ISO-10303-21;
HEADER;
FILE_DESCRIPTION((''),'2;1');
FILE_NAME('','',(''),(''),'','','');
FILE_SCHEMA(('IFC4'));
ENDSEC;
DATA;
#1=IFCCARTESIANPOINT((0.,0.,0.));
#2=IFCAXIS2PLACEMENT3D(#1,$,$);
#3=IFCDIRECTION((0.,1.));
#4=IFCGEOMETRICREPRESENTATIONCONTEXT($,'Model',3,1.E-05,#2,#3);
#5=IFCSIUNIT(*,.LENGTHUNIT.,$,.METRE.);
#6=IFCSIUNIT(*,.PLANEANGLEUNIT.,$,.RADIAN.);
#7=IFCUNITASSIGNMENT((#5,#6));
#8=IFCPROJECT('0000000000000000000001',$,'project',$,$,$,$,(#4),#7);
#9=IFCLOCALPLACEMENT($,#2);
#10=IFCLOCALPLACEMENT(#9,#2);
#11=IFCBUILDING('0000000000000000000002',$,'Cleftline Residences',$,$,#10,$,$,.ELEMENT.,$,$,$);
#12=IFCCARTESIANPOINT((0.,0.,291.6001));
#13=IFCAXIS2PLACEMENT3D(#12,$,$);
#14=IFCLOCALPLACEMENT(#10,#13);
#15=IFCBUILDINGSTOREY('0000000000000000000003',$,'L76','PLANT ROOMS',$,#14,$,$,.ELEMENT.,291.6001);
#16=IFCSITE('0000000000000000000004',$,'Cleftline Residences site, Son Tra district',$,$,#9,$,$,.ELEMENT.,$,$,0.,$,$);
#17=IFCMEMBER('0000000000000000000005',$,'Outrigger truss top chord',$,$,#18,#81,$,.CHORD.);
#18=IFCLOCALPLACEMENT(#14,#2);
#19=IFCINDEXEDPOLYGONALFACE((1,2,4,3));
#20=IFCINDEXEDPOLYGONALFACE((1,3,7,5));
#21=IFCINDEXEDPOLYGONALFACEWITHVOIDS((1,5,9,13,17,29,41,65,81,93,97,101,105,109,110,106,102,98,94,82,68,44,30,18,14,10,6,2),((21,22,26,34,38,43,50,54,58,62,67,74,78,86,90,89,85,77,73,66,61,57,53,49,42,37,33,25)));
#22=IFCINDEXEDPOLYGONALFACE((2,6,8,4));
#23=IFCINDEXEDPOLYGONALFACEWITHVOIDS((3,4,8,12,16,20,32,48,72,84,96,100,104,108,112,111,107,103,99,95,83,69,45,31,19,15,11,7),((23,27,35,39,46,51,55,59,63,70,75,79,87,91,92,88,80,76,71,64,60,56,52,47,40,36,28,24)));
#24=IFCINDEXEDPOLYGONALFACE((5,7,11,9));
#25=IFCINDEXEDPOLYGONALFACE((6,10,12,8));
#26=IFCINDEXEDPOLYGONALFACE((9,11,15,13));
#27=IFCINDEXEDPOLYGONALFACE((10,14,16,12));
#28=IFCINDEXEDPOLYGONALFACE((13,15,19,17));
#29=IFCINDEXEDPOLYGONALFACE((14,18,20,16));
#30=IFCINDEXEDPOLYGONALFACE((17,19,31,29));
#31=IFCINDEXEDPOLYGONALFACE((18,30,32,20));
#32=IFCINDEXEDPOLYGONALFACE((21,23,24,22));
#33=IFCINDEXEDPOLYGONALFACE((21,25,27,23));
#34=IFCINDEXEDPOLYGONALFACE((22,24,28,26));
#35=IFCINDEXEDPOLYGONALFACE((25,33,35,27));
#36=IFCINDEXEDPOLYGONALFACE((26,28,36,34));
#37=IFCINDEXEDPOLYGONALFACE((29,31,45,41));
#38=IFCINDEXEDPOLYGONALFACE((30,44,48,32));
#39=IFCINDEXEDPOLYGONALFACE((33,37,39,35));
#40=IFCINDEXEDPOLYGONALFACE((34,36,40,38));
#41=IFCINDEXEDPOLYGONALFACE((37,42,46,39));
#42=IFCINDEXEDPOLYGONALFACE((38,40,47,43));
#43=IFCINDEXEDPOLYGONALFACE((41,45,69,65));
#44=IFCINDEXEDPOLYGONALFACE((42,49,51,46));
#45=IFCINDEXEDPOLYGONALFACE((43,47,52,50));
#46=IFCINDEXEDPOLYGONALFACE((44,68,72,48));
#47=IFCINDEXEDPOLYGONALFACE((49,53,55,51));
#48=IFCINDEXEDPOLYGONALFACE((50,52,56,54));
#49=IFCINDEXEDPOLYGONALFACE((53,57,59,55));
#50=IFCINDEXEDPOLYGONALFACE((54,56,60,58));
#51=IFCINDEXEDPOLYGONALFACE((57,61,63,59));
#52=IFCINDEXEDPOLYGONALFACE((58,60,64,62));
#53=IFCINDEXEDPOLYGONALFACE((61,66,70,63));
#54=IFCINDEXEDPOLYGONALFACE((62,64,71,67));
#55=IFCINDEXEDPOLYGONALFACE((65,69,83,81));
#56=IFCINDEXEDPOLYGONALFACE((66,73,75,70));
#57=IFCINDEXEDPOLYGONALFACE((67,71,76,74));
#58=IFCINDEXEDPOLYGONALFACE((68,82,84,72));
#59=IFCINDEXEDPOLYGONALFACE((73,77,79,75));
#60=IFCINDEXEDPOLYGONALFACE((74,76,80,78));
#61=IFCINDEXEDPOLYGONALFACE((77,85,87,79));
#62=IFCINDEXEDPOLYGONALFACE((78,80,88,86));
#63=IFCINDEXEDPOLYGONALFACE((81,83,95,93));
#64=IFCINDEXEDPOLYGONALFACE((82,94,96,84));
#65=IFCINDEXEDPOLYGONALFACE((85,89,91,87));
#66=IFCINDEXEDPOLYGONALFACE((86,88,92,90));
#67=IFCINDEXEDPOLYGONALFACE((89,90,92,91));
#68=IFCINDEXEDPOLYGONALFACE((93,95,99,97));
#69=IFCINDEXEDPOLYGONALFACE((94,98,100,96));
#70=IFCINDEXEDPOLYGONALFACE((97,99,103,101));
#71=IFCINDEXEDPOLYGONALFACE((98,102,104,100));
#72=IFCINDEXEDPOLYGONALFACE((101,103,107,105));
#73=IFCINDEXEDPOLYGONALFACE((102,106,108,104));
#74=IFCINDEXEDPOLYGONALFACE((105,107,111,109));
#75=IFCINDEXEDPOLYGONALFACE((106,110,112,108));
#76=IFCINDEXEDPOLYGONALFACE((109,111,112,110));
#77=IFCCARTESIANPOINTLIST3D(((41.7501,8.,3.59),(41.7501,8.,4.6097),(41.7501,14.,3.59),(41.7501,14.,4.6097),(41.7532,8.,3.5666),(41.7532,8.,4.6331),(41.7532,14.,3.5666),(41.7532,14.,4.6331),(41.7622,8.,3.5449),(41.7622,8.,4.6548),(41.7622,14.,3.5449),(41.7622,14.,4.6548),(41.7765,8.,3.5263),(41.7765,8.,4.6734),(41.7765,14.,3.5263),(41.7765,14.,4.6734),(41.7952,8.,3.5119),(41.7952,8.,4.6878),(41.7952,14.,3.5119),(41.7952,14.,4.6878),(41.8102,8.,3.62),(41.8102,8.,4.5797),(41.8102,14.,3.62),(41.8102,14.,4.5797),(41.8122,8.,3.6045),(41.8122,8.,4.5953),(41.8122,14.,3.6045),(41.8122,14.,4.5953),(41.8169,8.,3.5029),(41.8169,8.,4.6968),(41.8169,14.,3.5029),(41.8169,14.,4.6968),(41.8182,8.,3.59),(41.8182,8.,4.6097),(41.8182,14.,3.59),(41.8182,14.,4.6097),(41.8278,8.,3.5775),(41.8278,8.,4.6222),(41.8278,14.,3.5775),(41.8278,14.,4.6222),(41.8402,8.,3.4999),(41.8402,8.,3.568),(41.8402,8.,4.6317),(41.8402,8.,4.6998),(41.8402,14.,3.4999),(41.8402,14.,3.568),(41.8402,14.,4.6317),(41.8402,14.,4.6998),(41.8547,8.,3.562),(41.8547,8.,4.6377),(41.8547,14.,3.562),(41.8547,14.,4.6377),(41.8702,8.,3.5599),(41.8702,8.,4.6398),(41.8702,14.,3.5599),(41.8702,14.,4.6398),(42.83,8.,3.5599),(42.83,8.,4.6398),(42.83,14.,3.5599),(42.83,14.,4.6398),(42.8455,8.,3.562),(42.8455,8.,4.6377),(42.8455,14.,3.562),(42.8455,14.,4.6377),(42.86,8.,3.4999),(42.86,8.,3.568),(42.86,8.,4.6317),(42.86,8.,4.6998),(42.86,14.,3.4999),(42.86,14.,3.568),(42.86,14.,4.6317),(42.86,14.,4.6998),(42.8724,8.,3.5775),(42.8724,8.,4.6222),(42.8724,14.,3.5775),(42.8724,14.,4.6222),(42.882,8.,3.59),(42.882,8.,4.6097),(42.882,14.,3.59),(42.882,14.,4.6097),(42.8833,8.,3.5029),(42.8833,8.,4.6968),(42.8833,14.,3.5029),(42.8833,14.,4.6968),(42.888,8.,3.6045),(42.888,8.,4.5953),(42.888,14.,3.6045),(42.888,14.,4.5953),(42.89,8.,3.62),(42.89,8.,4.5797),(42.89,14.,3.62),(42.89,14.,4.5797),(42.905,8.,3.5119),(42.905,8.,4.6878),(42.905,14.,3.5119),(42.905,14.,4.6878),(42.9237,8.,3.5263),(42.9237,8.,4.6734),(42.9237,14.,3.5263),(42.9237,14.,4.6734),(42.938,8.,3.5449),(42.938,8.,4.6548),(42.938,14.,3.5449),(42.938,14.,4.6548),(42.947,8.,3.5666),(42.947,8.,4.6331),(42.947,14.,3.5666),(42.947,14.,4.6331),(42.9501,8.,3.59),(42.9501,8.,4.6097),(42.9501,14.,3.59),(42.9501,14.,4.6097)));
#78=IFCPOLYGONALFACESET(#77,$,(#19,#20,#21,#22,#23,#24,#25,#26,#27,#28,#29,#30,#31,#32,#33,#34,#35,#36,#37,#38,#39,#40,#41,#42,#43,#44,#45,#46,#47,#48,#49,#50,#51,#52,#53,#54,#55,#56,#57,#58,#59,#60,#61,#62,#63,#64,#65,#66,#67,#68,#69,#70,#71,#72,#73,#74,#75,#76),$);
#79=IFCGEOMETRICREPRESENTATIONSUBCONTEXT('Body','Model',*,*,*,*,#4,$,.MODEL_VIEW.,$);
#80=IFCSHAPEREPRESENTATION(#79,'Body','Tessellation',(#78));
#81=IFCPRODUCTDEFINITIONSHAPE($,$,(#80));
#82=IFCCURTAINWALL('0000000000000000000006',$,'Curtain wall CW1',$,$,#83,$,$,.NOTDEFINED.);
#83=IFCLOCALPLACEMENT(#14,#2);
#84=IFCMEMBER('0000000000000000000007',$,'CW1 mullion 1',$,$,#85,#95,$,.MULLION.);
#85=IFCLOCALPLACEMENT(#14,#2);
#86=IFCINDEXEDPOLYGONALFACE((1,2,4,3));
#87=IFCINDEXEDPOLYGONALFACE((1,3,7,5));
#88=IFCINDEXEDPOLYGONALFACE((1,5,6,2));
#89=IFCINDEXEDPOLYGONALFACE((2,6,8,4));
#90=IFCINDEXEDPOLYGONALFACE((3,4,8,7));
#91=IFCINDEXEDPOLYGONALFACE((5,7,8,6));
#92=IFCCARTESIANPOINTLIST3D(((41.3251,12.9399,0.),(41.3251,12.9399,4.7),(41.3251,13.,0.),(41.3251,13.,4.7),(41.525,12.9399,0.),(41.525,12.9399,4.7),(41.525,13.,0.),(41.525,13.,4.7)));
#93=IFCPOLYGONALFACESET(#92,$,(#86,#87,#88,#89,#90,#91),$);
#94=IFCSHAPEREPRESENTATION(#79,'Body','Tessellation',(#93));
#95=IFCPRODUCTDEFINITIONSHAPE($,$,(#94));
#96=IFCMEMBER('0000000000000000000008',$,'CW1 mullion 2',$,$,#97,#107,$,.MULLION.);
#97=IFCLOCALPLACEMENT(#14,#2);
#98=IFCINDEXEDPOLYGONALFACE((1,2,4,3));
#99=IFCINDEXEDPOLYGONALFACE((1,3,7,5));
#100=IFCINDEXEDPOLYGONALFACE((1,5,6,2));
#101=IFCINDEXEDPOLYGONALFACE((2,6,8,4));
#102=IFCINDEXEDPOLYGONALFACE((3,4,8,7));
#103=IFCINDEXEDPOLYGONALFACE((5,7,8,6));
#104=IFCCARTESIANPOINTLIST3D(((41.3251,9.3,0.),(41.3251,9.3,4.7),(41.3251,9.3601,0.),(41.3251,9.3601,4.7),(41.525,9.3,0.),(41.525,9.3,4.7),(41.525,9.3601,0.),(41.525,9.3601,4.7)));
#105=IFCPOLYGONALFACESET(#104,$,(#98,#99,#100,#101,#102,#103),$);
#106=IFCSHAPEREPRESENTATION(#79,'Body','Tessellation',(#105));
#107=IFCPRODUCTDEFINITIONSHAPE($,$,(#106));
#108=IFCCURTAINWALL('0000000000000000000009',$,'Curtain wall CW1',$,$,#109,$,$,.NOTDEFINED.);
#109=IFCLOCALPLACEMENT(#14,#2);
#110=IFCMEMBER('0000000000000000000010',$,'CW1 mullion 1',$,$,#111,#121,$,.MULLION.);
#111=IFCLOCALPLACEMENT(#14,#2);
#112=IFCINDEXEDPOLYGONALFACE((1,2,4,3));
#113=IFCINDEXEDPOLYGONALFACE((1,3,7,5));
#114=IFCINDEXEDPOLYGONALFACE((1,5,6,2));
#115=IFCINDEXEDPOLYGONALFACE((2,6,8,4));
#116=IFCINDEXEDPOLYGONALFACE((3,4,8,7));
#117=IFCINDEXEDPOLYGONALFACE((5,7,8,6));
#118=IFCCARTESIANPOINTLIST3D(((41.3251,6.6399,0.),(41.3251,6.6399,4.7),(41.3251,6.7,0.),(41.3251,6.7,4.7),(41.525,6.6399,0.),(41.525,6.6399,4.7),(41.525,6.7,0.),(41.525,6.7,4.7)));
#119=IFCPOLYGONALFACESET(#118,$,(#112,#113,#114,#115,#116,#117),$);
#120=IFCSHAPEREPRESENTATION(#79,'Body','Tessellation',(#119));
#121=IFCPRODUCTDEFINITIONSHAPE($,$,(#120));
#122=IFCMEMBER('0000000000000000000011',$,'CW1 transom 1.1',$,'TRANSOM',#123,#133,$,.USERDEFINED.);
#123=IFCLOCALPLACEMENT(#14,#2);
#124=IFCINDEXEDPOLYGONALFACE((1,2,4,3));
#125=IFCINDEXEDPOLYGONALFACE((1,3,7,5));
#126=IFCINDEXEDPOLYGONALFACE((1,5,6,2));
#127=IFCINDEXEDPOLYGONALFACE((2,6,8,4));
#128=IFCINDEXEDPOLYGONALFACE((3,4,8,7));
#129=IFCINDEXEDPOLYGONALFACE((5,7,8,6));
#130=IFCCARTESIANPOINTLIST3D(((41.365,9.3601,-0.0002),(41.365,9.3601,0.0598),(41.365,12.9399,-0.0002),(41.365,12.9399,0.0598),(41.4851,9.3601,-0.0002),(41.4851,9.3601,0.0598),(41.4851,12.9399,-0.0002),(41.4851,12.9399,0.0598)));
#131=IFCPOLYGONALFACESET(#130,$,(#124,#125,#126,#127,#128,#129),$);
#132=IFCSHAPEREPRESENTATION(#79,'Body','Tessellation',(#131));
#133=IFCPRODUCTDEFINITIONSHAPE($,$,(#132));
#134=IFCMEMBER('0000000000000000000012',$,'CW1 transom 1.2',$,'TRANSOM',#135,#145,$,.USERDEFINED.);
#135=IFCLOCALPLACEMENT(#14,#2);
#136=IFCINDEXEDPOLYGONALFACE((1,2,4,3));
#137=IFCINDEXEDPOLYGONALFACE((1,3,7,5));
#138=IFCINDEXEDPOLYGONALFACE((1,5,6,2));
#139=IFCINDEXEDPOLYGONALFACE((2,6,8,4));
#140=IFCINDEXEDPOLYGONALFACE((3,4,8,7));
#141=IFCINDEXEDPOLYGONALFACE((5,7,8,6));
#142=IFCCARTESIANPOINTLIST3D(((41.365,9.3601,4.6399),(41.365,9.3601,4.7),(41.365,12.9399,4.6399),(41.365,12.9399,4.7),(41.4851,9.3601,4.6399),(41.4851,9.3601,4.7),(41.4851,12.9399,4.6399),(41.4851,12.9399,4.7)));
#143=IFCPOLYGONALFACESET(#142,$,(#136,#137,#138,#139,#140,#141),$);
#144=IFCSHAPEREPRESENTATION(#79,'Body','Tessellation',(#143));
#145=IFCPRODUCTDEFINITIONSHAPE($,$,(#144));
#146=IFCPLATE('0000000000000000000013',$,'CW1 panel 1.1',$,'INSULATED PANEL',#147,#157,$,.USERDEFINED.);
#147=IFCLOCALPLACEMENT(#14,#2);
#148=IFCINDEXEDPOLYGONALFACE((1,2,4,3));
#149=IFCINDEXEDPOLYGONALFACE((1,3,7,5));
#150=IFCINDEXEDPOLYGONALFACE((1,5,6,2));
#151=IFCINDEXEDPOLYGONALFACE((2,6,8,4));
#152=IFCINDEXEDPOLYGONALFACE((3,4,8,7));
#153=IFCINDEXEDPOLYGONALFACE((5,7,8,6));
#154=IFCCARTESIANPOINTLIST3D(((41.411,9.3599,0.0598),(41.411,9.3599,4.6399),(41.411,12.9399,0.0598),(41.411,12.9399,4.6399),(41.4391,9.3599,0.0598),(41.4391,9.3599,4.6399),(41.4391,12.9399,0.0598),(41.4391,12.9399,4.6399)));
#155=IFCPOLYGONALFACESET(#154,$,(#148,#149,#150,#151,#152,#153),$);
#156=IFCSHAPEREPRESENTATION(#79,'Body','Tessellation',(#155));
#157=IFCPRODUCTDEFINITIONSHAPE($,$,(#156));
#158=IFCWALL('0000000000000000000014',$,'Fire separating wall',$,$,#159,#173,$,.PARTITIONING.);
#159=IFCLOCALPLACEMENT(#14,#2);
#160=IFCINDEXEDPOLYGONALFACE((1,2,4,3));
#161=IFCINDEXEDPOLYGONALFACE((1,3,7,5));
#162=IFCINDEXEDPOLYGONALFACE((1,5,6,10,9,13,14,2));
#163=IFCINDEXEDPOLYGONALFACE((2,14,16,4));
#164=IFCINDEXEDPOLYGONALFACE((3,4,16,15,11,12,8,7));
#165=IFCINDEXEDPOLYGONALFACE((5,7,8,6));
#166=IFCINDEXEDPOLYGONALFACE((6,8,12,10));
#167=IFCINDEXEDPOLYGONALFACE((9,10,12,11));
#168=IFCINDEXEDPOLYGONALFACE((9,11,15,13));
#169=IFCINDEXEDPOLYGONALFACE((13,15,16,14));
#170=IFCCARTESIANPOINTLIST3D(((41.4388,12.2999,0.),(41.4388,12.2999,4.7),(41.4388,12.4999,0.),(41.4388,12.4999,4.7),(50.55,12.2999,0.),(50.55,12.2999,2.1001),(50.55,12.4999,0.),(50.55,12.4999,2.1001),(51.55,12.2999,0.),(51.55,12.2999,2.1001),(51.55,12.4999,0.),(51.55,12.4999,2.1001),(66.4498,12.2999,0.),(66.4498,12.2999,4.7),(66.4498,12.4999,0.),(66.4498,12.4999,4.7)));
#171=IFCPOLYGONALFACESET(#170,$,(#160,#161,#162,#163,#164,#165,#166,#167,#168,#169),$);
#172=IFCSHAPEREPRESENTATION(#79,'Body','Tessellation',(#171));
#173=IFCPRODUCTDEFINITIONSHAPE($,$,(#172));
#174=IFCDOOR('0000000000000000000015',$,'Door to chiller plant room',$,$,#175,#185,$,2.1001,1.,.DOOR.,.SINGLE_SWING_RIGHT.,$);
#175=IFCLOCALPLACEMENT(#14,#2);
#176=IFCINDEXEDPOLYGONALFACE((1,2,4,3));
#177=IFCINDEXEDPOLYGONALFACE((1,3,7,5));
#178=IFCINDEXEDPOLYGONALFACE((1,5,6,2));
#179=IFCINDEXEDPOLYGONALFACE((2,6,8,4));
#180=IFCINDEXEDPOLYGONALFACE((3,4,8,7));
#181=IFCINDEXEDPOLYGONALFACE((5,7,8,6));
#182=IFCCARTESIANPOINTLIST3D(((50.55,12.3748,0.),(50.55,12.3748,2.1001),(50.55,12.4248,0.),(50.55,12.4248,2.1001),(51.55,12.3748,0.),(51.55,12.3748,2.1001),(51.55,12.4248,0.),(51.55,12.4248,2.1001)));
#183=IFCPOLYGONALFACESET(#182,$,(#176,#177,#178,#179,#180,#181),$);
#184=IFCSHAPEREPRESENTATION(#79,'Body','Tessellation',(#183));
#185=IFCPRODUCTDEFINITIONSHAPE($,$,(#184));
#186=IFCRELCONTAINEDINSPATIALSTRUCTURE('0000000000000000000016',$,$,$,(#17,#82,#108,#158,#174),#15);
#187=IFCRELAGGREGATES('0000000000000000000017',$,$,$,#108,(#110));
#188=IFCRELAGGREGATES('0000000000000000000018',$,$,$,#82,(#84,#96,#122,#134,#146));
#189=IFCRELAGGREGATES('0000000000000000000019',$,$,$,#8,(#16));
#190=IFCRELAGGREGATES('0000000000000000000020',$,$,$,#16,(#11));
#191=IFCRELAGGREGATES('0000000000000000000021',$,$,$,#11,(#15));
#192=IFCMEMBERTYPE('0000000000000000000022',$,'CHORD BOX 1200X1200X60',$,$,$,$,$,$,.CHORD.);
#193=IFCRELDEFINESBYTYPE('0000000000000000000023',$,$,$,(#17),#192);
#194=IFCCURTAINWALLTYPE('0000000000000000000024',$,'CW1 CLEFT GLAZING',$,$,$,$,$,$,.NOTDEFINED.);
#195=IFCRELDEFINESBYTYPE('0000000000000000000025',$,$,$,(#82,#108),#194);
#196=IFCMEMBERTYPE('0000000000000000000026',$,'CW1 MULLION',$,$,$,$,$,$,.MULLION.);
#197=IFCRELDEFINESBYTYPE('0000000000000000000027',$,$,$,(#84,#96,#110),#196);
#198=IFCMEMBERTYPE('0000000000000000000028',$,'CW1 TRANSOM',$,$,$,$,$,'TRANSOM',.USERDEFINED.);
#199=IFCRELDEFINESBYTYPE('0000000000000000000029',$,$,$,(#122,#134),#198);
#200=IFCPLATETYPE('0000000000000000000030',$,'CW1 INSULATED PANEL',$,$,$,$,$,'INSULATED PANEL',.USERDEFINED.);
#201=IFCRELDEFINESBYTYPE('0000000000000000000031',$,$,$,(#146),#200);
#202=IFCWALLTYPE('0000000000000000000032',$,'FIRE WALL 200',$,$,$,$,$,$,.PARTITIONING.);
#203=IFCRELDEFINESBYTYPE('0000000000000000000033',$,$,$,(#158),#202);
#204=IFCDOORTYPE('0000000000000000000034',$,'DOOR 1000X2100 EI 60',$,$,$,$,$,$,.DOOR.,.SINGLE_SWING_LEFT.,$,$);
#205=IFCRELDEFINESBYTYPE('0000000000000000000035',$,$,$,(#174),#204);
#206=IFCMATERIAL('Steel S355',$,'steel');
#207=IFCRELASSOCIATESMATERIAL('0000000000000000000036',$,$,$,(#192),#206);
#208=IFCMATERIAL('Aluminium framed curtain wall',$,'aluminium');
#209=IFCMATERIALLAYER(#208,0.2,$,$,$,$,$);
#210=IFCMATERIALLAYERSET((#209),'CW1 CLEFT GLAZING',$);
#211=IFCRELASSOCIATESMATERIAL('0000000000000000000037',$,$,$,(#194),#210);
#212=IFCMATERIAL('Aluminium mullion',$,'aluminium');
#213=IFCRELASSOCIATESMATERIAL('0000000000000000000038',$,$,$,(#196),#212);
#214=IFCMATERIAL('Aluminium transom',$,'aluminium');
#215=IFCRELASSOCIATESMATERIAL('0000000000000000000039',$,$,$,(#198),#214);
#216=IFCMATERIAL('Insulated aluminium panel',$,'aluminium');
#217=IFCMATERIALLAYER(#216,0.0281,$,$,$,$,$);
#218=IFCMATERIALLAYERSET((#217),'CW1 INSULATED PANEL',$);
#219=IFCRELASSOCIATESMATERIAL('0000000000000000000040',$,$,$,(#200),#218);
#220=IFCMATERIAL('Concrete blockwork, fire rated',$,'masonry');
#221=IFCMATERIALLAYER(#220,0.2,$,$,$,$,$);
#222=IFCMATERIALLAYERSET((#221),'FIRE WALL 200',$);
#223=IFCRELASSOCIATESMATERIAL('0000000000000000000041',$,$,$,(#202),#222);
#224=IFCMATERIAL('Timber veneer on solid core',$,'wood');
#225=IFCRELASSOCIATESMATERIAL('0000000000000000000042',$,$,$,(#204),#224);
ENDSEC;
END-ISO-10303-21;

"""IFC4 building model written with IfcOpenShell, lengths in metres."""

from ifc_helpers import new_model, si_unit, direction, frame, frame_2d, origin, origin_2d, place, context, subcontext, project, spatial, rectangle, hollow_rectangle, extrude, material, layer, layer_set, material_profile, profile_set, type_object, element, fill, aggregate, save


model = new_model("IFC4")

# Units and contexts
model_context = context("Model", 3, precision=1e-05, world=origin(), true_north=direction((0.0, 1.0)))
body_context = subcontext(model_context, "Body", "Model", "MODEL_VIEW")
ifc_project = project(units=[si_unit("LENGTHUNIT", "METRE"), si_unit("PLANEANGLEUNIT", "RADIAN")], contexts=[model_context])

# Site, building, storey
site_placement = place(None, origin())
site = spatial("IfcSite", under=ifc_project, at=site_placement, Name="Cleftline Residences site, Son Tra district", CompositionType="ELEMENT", RefElevation=0.0)
building_placement = place(site_placement, origin())
building = spatial("IfcBuilding", under=site, at=building_placement, Name="Cleftline Residences", CompositionType="ELEMENT")
storey_placement = place(building_placement, frame((0.0, 0.0, 291.6001)))
storey = spatial("IfcBuildingStorey", under=building, at=storey_placement, Name="L76", Description="PLANT ROOMS", CompositionType="ELEMENT", Elevation=291.6001)

# Member
ifc_material_1 = material(Name="Steel S355", Category="steel")
ifc_material_profile_1 = material_profile(ifc_material_1, hollow_rectangle(XDim=1.2, YDim=1.2, WallThickness=0.0601, InnerFilletRadius=0.0601, OuterFilletRadius=0.0901, at=origin_2d()))
ifc_profile_set_1 = profile_set([ifc_material_profile_1], Name="Steel S355")
member_type_1 = type_object("IfcMemberType", Name="CHORD BOX 1200X1200X60", PredefinedType="CHORD", material=ifc_profile_set_1)
for number, where, z_axis, x_axis, name in (
    (1, (42.3501, 8.0, 4.0999), (0.0, 1.0, 0.0), (-1.0, 0.0, 0.0), "Outrigger truss top chord"),
):
    element("IfcMember", number, at=place(storey_placement, frame(where, z_axis=z_axis, x_axis=x_axis)), inside=storey, type_object=member_type_1, Name=name, PredefinedType="CHORD", context=body_context, shape_type="SweptSolid", body=[
        extrude(hollow_rectangle(XDim=1.2, YDim=1.2, WallThickness=0.0601, InnerFilletRadius=0.0601, OuterFilletRadius=0.0901, at=origin_2d()), origin(), (0.0, 0.0, 1.0), 6.0),
    ])

# Curtain wall, members
ifc_material_2 = material(Name="Aluminium framed curtain wall", Category="aluminium")
ifc_layer_1 = layer(ifc_material_2, 0.2)
ifc_layer_set_1 = layer_set([ifc_layer_1], Name="CW1 CLEFT GLAZING")
curtain_wall_type = type_object("IfcCurtainWallType", Name="CW1 CLEFT GLAZING", PredefinedType="NOTDEFINED", material=ifc_layer_set_1)
curtain_wall_1_placement = place(storey_placement, origin())
curtain_wall_1 = element("IfcCurtainWall", 2, at=curtain_wall_1_placement, inside=storey, type_object=curtain_wall_type, Name="Curtain wall CW1", PredefinedType="NOTDEFINED")
ifc_material_3 = material(Name="Aluminium mullion", Category="aluminium")
ifc_material_profile_2 = material_profile(ifc_material_3, rectangle(XDim=0.2, YDim=0.0601, at=origin_2d()))
ifc_profile_set_2 = profile_set([ifc_material_profile_2], Name="Aluminium mullion")
member_type_2 = type_object("IfcMemberType", Name="CW1 MULLION", PredefinedType="MULLION", material=ifc_profile_set_2)
member_1_placement = place(storey_placement, frame((41.425, 12.97, 0.0), z_axis=(0.0, 0.0, 1.0), x_axis=(1.0, 0.0, 0.0)))
member_1 = element("IfcMember", 3, at=member_1_placement, type_object=member_type_2, Name="CW1 mullion 1", PredefinedType="MULLION", context=body_context, shape_type="SweptSolid", body=[
    extrude(rectangle(XDim=0.2, YDim=0.0601, at=origin_2d()), origin(), (0.0, 0.0, 1.0), 4.7),
])
member_2_placement = place(storey_placement, frame((41.425, 9.3301, 0.0), z_axis=(0.0, 0.0, 1.0), x_axis=(1.0, 0.0, 0.0)))
member_2 = element("IfcMember", 4, at=member_2_placement, type_object=member_type_2, Name="CW1 mullion 2", PredefinedType="MULLION", context=body_context, shape_type="SweptSolid", body=[
    extrude(rectangle(XDim=0.2, YDim=0.0601, at=origin_2d()), origin(), (0.0, 0.0, 1.0), 4.7),
])

# Curtain wall, member
curtain_wall_2_placement = place(storey_placement, origin())
curtain_wall_2 = element("IfcCurtainWall", 5, at=curtain_wall_2_placement, inside=storey, type_object=curtain_wall_type, Name="Curtain wall CW1", PredefinedType="NOTDEFINED")
member_3_placement = place(storey_placement, frame((41.425, 6.6699, 0.0), z_axis=(0.0, 0.0, 1.0), x_axis=(1.0, 0.0, 0.0)))
member_3 = element("IfcMember", 6, at=member_3_placement, type_object=member_type_2, Name="CW1 mullion 1", PredefinedType="MULLION", context=body_context, shape_type="SweptSolid", body=[
    extrude(rectangle(XDim=0.2, YDim=0.0601, at=origin_2d()), origin(), (0.0, 0.0, 1.0), 4.7),
])
aggregate(curtain_wall_2, [member_3])

# Members
ifc_material_4 = material(Name="Aluminium transom", Category="aluminium")
ifc_material_profile_3 = material_profile(ifc_material_4, rectangle(XDim=0.1201, YDim=0.0601, at=origin_2d()))
ifc_profile_set_3 = profile_set([ifc_material_profile_3], Name="Aluminium transom")
member_type_3 = type_object("IfcMemberType", Name="CW1 TRANSOM", ElementType="TRANSOM", PredefinedType="USERDEFINED", material=ifc_profile_set_3)
member_4_placement = place(storey_placement, frame((41.425, 12.9399, 0.0298), z_axis=(0.0, -1.0, 0.0), x_axis=(1.0, 0.0, 0.0)))
member_4 = element("IfcMember", 7, at=member_4_placement, type_object=member_type_3, Name="CW1 transom 1.1", ObjectType="TRANSOM", PredefinedType="USERDEFINED", context=body_context, shape_type="SweptSolid", body=[
    extrude(rectangle(XDim=0.1201, YDim=0.0601, at=origin_2d()), origin(), (0.0, 0.0, 1.0), 3.5798),
])
member_5_placement = place(storey_placement, frame((41.425, 12.9399, 4.6699), z_axis=(0.0, -1.0, 0.0), x_axis=(1.0, 0.0, 0.0)))
member_5 = element("IfcMember", 8, at=member_5_placement, type_object=member_type_3, Name="CW1 transom 1.2", ObjectType="TRANSOM", PredefinedType="USERDEFINED", context=body_context, shape_type="SweptSolid", body=[
    extrude(rectangle(XDim=0.1201, YDim=0.0601, at=origin_2d()), origin(), (0.0, 0.0, 1.0), 3.5798),
])

# Plate
ifc_material_5 = material(Name="Insulated aluminium panel", Category="aluminium")
ifc_layer_2 = layer(ifc_material_5, 0.0281)
ifc_layer_set_2 = layer_set([ifc_layer_2], Name="CW1 INSULATED PANEL")
plate_type = type_object("IfcPlateType", Name="CW1 INSULATED PANEL", ElementType="INSULATED PANEL", PredefinedType="USERDEFINED", material=ifc_layer_set_2)
plate_placement = place(storey_placement, frame((41.425, 11.1499, 0.0598), z_axis=(0.0, 0.0, 1.0), x_axis=(0.0, -1.0, 0.0)))
plate = element("IfcPlate", 9, at=plate_placement, type_object=plate_type, Name="CW1 panel 1.1", ObjectType="INSULATED PANEL", PredefinedType="USERDEFINED", context=body_context, shape_type="SweptSolid", body=[
    extrude(rectangle(XDim=3.5801, YDim=0.0281, at=origin_2d()), origin(), (0.0, 0.0, 1.0), 4.5801),
])
aggregate(curtain_wall_1, [member_1, member_2, member_4, member_5, plate])

# Wall, opening, door
ifc_material_6 = material(Name="Concrete blockwork, fire rated", Category="masonry")
ifc_layer_3 = layer(ifc_material_6, 0.2)
ifc_layer_set_3 = layer_set([ifc_layer_3], Name="FIRE WALL 200")
wall_type_1 = type_object("IfcWallType", Name="FIRE WALL 200", PredefinedType="PARTITIONING", material=ifc_layer_set_3)
wall_1_placement = place(storey_placement, frame((41.439, 12.3999, 0.0), z_axis=(0.0, 0.0, 1.0), x_axis=(1.0, 0.0, 0.0)))
wall_1 = element("IfcWall", 10, at=wall_1_placement, inside=storey, type_object=wall_type_1, Name="Fire separating wall", PredefinedType="PARTITIONING", context=body_context, shape_type="SweptSolid", body=[
    extrude(rectangle(XDim=25.011, YDim=0.2, at=frame_2d((12.5054, 0.0))), origin(), (0.0, 0.0, 1.0), 4.7),
])
opening_1_placement = place(wall_1_placement, frame((9.1111, 0.0, 0.0)))
opening_1 = element("IfcOpeningElement", 11, at=opening_1_placement, cuts=wall_1, PredefinedType="OPENING", context=body_context, shape_type="SweptSolid", body=[
    extrude(rectangle(XDim=1.0, YDim=2.1001, at=frame_2d((0.5, 1.05))), frame((0.0, 0.1099, 0.0), z_axis=(0.0, -1.0, 0.0), x_axis=(1.0, 0.0, 0.0)), (0.0, 0.0, 1.0), 0.22),
])
ifc_material_7 = material(Name="Timber veneer on solid core", Category="wood")
door_type_1 = type_object("IfcDoorType", Name="DOOR 1000X2100 EI 60", OperationType="SINGLE_SWING_LEFT", PredefinedType="DOOR", material=ifc_material_7)
door_1_placement = place(opening_1_placement, origin())
door_1 = element("IfcDoor", 12, at=door_1_placement, inside=storey, type_object=door_type_1, Name="Door to chiller plant room", OperationType="SINGLE_SWING_RIGHT", OverallHeight=2.1001, OverallWidth=1.0, PredefinedType="DOOR", context=body_context, shape_type="SweptSolid", body=[
    extrude(rectangle(XDim=1.0, YDim=2.1001, at=frame_2d((0.5, 1.05))), frame((0.0, 0.0249, 0.0), z_axis=(0.0, -1.0, 0.0), x_axis=(1.0, 0.0, 0.0)), (0.0, 0.0, 1.0), 0.05),
])
fill(opening_1, door_1)

save(model, "model.ifc")
